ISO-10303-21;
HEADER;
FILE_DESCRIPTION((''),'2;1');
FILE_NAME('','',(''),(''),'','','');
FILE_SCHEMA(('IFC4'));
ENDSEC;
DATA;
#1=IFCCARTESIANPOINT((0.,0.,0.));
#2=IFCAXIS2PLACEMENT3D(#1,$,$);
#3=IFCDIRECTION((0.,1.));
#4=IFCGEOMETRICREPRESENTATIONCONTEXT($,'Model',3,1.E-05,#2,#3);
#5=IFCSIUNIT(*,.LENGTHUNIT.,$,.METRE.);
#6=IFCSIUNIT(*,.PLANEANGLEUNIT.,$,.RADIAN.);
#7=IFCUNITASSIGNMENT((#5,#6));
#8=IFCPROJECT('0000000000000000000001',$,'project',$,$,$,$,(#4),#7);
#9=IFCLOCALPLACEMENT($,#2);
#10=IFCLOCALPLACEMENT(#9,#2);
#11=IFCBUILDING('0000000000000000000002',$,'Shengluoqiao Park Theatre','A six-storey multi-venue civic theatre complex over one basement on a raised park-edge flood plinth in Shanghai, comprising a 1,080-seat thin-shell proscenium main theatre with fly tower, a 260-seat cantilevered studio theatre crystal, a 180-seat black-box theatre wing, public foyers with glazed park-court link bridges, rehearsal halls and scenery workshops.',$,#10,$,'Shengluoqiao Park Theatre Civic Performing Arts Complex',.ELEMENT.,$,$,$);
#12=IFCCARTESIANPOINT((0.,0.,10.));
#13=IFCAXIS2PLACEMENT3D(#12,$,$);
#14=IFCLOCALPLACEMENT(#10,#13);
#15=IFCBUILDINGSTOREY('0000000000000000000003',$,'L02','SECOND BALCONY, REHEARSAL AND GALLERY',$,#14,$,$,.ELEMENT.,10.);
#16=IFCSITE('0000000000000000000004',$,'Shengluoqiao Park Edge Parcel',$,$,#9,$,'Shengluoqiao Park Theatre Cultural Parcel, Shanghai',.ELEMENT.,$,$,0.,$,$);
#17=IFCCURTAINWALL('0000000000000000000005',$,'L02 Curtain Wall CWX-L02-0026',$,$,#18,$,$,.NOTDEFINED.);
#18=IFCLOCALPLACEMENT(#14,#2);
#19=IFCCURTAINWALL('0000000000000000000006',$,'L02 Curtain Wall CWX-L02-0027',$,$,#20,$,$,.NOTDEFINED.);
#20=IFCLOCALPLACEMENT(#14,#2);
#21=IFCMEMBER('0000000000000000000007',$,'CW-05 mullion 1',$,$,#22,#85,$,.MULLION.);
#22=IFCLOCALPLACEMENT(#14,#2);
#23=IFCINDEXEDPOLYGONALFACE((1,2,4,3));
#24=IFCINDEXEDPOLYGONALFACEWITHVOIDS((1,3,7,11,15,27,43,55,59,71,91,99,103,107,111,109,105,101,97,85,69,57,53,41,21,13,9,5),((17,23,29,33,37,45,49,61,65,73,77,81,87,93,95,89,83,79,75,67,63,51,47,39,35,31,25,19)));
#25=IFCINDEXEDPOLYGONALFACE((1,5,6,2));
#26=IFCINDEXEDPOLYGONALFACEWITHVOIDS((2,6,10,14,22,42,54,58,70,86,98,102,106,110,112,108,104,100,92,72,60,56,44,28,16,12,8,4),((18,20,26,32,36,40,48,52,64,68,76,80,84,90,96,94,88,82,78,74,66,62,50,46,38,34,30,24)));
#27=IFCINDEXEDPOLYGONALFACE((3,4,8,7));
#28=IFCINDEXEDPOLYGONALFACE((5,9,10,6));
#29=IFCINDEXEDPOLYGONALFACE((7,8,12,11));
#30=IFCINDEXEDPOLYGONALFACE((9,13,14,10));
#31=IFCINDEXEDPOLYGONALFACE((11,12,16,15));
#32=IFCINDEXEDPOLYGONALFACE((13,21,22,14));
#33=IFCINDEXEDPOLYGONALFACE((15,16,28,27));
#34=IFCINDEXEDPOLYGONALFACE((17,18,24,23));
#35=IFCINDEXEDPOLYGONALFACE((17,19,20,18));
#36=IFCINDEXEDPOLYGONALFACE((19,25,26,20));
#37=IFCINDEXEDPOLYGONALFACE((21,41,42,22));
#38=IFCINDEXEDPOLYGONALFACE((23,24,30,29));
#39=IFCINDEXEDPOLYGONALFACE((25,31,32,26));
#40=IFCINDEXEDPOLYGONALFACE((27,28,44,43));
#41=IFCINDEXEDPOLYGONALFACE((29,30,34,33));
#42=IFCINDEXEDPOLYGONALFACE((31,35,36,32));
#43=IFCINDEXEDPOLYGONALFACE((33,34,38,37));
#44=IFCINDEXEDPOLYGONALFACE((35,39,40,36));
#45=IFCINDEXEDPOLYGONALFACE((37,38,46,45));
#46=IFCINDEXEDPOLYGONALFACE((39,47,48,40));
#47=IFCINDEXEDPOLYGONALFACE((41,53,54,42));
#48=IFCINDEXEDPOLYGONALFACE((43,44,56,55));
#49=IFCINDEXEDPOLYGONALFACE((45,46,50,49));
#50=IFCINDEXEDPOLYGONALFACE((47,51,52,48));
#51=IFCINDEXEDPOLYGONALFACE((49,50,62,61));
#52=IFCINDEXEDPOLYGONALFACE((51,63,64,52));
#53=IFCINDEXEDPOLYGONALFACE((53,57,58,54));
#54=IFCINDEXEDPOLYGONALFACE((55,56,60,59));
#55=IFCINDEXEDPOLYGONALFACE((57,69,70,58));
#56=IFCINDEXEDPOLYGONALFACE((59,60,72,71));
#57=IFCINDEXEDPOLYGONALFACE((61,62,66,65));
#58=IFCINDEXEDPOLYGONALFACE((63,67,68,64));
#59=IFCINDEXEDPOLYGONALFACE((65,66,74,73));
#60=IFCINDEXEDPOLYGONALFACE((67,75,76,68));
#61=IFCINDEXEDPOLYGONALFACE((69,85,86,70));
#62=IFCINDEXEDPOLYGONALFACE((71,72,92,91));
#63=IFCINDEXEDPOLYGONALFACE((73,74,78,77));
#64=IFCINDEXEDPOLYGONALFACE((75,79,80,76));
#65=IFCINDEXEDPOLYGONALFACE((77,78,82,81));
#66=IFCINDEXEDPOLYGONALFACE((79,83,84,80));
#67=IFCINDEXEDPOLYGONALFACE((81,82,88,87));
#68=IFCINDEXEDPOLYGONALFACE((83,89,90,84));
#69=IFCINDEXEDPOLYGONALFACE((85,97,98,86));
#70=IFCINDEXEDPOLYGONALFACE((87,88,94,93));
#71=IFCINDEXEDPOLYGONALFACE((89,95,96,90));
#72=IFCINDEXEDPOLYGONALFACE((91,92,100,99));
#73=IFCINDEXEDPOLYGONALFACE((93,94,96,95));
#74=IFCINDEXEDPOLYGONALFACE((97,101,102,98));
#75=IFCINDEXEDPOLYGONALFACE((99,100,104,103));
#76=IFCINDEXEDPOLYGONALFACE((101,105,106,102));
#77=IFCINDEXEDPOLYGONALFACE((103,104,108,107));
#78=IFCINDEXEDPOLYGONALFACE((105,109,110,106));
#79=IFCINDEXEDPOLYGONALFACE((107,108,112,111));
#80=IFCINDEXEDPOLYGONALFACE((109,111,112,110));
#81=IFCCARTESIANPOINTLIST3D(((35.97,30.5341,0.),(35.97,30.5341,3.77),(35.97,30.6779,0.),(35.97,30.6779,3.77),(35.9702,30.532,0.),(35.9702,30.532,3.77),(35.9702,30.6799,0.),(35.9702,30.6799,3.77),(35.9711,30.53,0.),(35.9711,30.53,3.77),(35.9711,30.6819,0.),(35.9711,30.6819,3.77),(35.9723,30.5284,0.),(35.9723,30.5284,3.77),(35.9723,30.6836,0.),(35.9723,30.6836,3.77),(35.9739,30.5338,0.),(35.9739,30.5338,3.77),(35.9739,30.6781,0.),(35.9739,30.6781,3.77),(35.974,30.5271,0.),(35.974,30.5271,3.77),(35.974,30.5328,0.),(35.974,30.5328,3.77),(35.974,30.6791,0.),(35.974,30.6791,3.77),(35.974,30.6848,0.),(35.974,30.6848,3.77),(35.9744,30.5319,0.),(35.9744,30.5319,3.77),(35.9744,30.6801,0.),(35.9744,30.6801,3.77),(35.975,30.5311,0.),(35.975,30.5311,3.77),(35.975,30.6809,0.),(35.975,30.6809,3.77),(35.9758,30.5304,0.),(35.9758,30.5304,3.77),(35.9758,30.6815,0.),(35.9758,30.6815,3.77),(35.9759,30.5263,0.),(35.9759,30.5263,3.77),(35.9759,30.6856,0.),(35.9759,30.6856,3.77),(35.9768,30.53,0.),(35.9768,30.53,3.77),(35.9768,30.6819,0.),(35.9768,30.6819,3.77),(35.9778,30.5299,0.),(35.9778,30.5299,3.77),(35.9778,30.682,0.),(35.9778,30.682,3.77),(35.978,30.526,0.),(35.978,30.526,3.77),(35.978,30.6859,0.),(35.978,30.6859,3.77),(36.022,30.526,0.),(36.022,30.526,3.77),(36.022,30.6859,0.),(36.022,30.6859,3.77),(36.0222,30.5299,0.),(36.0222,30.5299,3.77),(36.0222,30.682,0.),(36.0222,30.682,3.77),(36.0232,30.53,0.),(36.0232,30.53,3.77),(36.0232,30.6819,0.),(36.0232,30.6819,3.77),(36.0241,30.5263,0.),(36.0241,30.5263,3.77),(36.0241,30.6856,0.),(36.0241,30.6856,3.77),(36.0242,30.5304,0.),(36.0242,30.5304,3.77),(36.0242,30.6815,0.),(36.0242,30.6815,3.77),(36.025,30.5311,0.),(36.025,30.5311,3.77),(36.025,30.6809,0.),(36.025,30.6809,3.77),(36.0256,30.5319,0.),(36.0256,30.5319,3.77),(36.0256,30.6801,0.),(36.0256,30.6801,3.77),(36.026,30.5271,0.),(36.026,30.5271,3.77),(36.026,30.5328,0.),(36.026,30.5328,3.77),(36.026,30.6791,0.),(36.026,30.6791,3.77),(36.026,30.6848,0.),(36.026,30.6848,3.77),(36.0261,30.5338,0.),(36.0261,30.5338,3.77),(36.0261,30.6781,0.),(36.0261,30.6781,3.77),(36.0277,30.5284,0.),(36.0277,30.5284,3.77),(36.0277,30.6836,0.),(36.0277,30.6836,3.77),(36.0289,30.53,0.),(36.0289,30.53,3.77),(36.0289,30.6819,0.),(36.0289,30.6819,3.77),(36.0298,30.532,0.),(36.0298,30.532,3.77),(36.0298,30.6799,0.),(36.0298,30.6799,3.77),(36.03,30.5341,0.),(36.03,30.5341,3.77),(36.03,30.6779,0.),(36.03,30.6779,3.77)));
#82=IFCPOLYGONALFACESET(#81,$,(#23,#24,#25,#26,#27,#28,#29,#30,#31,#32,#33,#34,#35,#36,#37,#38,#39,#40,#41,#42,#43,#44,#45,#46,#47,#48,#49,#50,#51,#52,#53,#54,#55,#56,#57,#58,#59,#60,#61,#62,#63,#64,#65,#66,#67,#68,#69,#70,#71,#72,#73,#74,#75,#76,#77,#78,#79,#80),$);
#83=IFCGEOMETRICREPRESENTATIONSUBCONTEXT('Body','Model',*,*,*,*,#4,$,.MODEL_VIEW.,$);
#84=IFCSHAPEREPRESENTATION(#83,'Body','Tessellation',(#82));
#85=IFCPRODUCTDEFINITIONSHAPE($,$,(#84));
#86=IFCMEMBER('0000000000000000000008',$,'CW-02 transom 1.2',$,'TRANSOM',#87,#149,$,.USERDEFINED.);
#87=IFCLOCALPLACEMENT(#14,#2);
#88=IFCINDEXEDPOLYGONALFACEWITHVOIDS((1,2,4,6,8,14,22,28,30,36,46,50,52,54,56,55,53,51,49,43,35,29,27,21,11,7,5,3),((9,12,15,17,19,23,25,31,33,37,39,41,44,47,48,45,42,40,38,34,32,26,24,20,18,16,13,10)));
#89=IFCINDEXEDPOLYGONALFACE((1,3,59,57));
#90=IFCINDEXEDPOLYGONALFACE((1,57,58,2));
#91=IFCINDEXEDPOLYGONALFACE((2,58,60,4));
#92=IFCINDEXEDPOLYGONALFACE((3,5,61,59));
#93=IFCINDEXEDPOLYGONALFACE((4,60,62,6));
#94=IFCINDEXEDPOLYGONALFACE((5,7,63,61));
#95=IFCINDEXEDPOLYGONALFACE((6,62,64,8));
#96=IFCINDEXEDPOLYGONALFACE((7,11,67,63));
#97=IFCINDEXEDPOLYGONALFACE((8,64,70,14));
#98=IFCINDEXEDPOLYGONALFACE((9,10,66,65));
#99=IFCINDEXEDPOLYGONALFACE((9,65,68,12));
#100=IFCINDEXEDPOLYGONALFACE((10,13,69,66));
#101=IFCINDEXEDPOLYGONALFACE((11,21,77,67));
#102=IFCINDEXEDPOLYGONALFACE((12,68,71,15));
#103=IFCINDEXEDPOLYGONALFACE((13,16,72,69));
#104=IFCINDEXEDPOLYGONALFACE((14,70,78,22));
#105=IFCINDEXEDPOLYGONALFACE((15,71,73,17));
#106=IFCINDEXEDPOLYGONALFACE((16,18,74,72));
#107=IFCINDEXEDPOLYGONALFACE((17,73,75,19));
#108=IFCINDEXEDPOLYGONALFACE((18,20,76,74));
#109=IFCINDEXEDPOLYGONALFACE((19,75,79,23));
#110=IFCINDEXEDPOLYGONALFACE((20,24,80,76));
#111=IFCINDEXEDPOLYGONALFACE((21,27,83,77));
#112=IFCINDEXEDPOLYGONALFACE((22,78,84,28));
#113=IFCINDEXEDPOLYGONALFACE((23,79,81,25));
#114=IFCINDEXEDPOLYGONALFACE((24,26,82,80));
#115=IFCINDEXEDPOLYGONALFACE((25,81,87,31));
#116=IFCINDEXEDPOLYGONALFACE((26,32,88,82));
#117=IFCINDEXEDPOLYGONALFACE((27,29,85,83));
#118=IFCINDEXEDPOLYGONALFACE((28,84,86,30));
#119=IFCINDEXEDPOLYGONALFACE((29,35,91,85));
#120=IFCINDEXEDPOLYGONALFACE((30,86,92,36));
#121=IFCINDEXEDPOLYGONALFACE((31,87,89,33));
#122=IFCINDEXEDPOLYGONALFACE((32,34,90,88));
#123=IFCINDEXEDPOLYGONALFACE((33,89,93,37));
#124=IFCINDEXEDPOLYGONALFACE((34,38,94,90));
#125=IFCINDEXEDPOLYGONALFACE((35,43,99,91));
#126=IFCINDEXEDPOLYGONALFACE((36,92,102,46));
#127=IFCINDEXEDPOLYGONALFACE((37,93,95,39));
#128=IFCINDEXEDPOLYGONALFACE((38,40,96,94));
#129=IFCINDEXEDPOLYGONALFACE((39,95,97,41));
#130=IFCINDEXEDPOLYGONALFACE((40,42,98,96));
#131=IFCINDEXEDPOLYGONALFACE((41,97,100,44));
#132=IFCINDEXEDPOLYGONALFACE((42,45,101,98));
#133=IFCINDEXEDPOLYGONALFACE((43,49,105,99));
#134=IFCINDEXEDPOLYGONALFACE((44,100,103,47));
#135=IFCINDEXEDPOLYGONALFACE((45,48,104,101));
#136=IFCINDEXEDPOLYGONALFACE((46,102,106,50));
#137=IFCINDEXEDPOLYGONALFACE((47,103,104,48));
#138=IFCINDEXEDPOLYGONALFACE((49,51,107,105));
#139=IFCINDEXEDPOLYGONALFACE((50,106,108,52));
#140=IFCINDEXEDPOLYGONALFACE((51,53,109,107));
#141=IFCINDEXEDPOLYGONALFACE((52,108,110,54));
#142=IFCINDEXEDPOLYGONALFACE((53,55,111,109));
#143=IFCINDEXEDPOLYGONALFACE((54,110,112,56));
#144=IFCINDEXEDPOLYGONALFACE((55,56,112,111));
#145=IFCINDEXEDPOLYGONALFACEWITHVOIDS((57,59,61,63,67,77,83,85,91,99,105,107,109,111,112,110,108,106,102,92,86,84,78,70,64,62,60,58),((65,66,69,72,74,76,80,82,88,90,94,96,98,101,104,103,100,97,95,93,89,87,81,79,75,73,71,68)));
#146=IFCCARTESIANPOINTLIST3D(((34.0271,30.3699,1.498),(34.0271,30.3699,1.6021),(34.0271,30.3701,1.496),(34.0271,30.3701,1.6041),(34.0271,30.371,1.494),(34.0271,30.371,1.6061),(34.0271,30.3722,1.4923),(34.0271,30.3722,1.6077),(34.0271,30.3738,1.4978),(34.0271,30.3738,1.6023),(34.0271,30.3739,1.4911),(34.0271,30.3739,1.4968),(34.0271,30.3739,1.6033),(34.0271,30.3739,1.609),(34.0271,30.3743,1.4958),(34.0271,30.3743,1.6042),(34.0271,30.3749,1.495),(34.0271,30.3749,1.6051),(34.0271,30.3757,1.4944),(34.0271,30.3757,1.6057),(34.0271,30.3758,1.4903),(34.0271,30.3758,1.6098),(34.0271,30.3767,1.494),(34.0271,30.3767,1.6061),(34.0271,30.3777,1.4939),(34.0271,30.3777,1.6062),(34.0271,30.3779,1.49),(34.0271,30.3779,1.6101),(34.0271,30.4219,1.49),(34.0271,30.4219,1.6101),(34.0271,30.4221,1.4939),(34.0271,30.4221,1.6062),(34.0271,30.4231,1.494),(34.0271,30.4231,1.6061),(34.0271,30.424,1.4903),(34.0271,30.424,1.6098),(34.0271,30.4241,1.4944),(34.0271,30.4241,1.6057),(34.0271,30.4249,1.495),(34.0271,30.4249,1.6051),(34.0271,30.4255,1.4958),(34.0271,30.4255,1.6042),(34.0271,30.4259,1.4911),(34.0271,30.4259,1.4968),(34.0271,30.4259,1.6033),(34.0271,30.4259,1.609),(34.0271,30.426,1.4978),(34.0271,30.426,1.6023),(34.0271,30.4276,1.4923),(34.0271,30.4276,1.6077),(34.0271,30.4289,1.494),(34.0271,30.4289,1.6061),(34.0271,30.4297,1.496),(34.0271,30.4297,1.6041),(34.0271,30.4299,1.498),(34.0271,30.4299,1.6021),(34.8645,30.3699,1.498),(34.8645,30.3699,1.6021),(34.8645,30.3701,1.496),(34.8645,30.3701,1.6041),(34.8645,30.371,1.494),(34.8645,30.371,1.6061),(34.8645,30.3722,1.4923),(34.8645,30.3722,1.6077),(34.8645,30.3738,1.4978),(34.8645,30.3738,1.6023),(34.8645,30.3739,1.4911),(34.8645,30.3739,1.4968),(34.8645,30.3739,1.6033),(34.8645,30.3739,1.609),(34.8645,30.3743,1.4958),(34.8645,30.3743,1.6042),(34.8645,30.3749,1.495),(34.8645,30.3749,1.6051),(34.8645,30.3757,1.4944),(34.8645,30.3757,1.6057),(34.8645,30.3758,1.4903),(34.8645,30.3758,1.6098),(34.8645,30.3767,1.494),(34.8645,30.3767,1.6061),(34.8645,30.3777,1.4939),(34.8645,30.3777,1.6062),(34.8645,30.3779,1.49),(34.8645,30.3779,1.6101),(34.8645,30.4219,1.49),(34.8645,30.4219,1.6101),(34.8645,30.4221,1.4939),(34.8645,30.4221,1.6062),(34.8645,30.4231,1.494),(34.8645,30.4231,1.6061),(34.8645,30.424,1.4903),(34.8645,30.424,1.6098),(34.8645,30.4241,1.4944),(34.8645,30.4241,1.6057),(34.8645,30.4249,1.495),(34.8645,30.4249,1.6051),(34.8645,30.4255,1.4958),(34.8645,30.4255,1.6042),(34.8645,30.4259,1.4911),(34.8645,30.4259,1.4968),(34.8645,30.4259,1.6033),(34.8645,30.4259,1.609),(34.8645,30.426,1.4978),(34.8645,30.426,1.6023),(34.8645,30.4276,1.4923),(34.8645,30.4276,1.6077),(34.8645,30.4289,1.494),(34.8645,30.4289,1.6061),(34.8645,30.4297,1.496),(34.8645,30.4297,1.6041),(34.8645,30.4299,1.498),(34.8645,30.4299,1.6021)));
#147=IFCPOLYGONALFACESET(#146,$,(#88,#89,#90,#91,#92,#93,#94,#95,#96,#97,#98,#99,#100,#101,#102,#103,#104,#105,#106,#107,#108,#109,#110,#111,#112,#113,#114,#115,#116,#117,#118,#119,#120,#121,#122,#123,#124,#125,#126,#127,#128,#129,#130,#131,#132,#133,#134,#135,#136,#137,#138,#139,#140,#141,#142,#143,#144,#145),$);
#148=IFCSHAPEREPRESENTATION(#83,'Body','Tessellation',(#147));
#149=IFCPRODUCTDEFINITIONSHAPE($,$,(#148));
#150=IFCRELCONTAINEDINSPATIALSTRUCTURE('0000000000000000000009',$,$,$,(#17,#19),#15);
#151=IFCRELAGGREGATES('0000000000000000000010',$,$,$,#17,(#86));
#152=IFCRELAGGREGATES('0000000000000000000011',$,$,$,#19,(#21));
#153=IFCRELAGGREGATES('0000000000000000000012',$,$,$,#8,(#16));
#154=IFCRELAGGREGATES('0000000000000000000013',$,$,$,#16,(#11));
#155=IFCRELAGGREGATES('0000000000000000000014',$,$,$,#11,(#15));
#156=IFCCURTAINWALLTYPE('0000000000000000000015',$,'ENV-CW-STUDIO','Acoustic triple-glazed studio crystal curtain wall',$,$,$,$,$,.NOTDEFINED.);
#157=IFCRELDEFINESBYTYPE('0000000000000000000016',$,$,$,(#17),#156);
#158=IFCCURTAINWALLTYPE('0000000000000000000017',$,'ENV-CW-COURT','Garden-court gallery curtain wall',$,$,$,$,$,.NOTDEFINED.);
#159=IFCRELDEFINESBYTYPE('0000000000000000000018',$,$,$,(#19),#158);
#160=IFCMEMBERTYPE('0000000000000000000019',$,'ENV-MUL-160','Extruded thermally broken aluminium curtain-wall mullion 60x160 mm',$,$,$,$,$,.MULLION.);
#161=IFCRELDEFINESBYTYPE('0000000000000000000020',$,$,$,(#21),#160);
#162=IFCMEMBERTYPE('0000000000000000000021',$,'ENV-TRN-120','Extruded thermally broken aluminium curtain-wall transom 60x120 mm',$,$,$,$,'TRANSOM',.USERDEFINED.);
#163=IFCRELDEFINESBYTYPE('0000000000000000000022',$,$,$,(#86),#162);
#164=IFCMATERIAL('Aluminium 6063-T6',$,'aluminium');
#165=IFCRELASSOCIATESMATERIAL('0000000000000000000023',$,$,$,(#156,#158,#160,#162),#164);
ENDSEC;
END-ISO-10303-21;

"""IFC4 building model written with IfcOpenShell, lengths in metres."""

from ifc_helpers import new_model, si_unit, direction, frame, origin, origin_2d, place, context, subcontext, project, spatial, hollow_rectangle, extrude, material, material_profile, profile_set, type_object, element, aggregate, save


model = new_model("IFC4")

# Units and contexts
model_context = context("Model", 3, precision=1e-05, world=origin(), true_north=direction((0.0, 1.0)))
body_context = subcontext(model_context, "Body", "Model", "MODEL_VIEW")
ifc_project = project(units=[si_unit("LENGTHUNIT", "METRE"), si_unit("PLANEANGLEUNIT", "RADIAN")], contexts=[model_context])

# Site, building, storey
site_placement = place(None, origin())
site = spatial("IfcSite", under=ifc_project, at=site_placement, Name="Shengluoqiao Park Edge Parcel", LongName="Shengluoqiao Park Theatre Cultural Parcel, Shanghai", CompositionType="ELEMENT", RefElevation=0.0)
building_placement = place(site_placement, origin())
building = spatial("IfcBuilding", under=site, at=building_placement, Name="Shengluoqiao Park Theatre", Description="A six-storey multi-venue civic theatre complex over one basement on a raised park-edge flood plinth in Shanghai, comprising a 1,080-seat thin-shell proscenium main theatre with fly tower, a 260-seat cantilevered studio theatre crystal, a 180-seat black-box theatre wing, public foyers with glazed park-court link bridges, rehearsal halls and scenery workshops.", LongName="Shengluoqiao Park Theatre Civic Performing Arts Complex", CompositionType="ELEMENT")
storey_placement = place(building_placement, frame((0.0, 0.0, 10.0)))
storey = spatial("IfcBuildingStorey", under=building, at=storey_placement, Name="L02", Description="SECOND BALCONY, REHEARSAL AND GALLERY", CompositionType="ELEMENT", Elevation=10.0)

# Curtain wall
ifc_material_1 = material(Name="Aluminium 6063-T6", Category="aluminium")
curtain_wall_type_1 = type_object("IfcCurtainWallType", Name="ENV-CW-STUDIO", Description="Acoustic triple-glazed studio crystal curtain wall", PredefinedType="NOTDEFINED", material=ifc_material_1)
curtain_wall_1_placement = place(storey_placement, origin())
curtain_wall_1 = element("IfcCurtainWall", 1, at=curtain_wall_1_placement, inside=storey, type_object=curtain_wall_type_1, Name="L02 Curtain Wall CWX-L02-0026", PredefinedType="NOTDEFINED")
ifc_material_profile_1 = material_profile(ifc_material_1, hollow_rectangle(XDim=0.0601, YDim=0.1599, WallThickness=0.0039, InnerFilletRadius=0.0039, OuterFilletRadius=0.0081, at=origin_2d()), Name="ALU MULLION 160x60x4")
ifc_profile_set_1 = profile_set([ifc_material_profile_1], Name="Aluminium 6063-T6")
member_type_1 = type_object("IfcMemberType", Name="ENV-MUL-160", Description="Extruded thermally broken aluminium curtain-wall mullion 60x160 mm", PredefinedType="MULLION", material=ifc_profile_set_1)

# Curtain wall, member
curtain_wall_type_2 = type_object("IfcCurtainWallType", Name="ENV-CW-COURT", Description="Garden-court gallery curtain wall", PredefinedType="NOTDEFINED", material=ifc_material_1)
curtain_wall_2_placement = place(storey_placement, origin())
curtain_wall_2 = element("IfcCurtainWall", 2, at=curtain_wall_2_placement, inside=storey, type_object=curtain_wall_type_2, Name="L02 Curtain Wall CWX-L02-0027", PredefinedType="NOTDEFINED")
member_1_placement = place(storey_placement, frame((36.0, 30.606, 0.0), z_axis=(0.0, 0.0, 1.0), x_axis=(-1.0, 0.0, 0.0)))
member_1 = element("IfcMember", 3, at=member_1_placement, type_object=member_type_1, Name="CW-05 mullion 1", PredefinedType="MULLION", context=body_context, shape_type="SweptSolid", body=[
    extrude(hollow_rectangle(XDim=0.0601, YDim=0.1599, WallThickness=0.0039, InnerFilletRadius=0.0039, OuterFilletRadius=0.0081, at=origin_2d()), origin(), (0.0, 0.0, 1.0), 3.77),
])

# Member
ifc_material_profile_2 = material_profile(ifc_material_1, hollow_rectangle(XDim=0.0601, YDim=0.1201, WallThickness=0.0039, InnerFilletRadius=0.0039, OuterFilletRadius=0.0081, at=origin_2d()), Name="ALU TRANSOM 120x60x4")
ifc_profile_set_2 = profile_set([ifc_material_profile_2], Name="Aluminium 6063-T6")
member_type_2 = type_object("IfcMemberType", Name="ENV-TRN-120", Description="Extruded thermally broken aluminium curtain-wall transom 60x120 mm", ElementType="TRANSOM", PredefinedType="USERDEFINED", material=ifc_profile_set_2)
member_2_placement = place(storey_placement, frame((34.0271, 30.3999, 1.55), z_axis=(1.0, 0.0, 0.0), x_axis=(0.0, 1.0, 0.0)))
member_2 = element("IfcMember", 4, at=member_2_placement, type_object=member_type_2, Name="CW-02 transom 1.2", ObjectType="TRANSOM", PredefinedType="USERDEFINED", context=body_context, shape_type="SweptSolid", body=[
    extrude(hollow_rectangle(XDim=0.0601, YDim=0.1201, WallThickness=0.0039, InnerFilletRadius=0.0039, OuterFilletRadius=0.0081, at=origin_2d()), origin(), (0.0, 0.0, 1.0), 0.8374),
])

aggregate(curtain_wall_1, [member_2])
aggregate(curtain_wall_2, [member_1])

save(model, "model.ifc")
